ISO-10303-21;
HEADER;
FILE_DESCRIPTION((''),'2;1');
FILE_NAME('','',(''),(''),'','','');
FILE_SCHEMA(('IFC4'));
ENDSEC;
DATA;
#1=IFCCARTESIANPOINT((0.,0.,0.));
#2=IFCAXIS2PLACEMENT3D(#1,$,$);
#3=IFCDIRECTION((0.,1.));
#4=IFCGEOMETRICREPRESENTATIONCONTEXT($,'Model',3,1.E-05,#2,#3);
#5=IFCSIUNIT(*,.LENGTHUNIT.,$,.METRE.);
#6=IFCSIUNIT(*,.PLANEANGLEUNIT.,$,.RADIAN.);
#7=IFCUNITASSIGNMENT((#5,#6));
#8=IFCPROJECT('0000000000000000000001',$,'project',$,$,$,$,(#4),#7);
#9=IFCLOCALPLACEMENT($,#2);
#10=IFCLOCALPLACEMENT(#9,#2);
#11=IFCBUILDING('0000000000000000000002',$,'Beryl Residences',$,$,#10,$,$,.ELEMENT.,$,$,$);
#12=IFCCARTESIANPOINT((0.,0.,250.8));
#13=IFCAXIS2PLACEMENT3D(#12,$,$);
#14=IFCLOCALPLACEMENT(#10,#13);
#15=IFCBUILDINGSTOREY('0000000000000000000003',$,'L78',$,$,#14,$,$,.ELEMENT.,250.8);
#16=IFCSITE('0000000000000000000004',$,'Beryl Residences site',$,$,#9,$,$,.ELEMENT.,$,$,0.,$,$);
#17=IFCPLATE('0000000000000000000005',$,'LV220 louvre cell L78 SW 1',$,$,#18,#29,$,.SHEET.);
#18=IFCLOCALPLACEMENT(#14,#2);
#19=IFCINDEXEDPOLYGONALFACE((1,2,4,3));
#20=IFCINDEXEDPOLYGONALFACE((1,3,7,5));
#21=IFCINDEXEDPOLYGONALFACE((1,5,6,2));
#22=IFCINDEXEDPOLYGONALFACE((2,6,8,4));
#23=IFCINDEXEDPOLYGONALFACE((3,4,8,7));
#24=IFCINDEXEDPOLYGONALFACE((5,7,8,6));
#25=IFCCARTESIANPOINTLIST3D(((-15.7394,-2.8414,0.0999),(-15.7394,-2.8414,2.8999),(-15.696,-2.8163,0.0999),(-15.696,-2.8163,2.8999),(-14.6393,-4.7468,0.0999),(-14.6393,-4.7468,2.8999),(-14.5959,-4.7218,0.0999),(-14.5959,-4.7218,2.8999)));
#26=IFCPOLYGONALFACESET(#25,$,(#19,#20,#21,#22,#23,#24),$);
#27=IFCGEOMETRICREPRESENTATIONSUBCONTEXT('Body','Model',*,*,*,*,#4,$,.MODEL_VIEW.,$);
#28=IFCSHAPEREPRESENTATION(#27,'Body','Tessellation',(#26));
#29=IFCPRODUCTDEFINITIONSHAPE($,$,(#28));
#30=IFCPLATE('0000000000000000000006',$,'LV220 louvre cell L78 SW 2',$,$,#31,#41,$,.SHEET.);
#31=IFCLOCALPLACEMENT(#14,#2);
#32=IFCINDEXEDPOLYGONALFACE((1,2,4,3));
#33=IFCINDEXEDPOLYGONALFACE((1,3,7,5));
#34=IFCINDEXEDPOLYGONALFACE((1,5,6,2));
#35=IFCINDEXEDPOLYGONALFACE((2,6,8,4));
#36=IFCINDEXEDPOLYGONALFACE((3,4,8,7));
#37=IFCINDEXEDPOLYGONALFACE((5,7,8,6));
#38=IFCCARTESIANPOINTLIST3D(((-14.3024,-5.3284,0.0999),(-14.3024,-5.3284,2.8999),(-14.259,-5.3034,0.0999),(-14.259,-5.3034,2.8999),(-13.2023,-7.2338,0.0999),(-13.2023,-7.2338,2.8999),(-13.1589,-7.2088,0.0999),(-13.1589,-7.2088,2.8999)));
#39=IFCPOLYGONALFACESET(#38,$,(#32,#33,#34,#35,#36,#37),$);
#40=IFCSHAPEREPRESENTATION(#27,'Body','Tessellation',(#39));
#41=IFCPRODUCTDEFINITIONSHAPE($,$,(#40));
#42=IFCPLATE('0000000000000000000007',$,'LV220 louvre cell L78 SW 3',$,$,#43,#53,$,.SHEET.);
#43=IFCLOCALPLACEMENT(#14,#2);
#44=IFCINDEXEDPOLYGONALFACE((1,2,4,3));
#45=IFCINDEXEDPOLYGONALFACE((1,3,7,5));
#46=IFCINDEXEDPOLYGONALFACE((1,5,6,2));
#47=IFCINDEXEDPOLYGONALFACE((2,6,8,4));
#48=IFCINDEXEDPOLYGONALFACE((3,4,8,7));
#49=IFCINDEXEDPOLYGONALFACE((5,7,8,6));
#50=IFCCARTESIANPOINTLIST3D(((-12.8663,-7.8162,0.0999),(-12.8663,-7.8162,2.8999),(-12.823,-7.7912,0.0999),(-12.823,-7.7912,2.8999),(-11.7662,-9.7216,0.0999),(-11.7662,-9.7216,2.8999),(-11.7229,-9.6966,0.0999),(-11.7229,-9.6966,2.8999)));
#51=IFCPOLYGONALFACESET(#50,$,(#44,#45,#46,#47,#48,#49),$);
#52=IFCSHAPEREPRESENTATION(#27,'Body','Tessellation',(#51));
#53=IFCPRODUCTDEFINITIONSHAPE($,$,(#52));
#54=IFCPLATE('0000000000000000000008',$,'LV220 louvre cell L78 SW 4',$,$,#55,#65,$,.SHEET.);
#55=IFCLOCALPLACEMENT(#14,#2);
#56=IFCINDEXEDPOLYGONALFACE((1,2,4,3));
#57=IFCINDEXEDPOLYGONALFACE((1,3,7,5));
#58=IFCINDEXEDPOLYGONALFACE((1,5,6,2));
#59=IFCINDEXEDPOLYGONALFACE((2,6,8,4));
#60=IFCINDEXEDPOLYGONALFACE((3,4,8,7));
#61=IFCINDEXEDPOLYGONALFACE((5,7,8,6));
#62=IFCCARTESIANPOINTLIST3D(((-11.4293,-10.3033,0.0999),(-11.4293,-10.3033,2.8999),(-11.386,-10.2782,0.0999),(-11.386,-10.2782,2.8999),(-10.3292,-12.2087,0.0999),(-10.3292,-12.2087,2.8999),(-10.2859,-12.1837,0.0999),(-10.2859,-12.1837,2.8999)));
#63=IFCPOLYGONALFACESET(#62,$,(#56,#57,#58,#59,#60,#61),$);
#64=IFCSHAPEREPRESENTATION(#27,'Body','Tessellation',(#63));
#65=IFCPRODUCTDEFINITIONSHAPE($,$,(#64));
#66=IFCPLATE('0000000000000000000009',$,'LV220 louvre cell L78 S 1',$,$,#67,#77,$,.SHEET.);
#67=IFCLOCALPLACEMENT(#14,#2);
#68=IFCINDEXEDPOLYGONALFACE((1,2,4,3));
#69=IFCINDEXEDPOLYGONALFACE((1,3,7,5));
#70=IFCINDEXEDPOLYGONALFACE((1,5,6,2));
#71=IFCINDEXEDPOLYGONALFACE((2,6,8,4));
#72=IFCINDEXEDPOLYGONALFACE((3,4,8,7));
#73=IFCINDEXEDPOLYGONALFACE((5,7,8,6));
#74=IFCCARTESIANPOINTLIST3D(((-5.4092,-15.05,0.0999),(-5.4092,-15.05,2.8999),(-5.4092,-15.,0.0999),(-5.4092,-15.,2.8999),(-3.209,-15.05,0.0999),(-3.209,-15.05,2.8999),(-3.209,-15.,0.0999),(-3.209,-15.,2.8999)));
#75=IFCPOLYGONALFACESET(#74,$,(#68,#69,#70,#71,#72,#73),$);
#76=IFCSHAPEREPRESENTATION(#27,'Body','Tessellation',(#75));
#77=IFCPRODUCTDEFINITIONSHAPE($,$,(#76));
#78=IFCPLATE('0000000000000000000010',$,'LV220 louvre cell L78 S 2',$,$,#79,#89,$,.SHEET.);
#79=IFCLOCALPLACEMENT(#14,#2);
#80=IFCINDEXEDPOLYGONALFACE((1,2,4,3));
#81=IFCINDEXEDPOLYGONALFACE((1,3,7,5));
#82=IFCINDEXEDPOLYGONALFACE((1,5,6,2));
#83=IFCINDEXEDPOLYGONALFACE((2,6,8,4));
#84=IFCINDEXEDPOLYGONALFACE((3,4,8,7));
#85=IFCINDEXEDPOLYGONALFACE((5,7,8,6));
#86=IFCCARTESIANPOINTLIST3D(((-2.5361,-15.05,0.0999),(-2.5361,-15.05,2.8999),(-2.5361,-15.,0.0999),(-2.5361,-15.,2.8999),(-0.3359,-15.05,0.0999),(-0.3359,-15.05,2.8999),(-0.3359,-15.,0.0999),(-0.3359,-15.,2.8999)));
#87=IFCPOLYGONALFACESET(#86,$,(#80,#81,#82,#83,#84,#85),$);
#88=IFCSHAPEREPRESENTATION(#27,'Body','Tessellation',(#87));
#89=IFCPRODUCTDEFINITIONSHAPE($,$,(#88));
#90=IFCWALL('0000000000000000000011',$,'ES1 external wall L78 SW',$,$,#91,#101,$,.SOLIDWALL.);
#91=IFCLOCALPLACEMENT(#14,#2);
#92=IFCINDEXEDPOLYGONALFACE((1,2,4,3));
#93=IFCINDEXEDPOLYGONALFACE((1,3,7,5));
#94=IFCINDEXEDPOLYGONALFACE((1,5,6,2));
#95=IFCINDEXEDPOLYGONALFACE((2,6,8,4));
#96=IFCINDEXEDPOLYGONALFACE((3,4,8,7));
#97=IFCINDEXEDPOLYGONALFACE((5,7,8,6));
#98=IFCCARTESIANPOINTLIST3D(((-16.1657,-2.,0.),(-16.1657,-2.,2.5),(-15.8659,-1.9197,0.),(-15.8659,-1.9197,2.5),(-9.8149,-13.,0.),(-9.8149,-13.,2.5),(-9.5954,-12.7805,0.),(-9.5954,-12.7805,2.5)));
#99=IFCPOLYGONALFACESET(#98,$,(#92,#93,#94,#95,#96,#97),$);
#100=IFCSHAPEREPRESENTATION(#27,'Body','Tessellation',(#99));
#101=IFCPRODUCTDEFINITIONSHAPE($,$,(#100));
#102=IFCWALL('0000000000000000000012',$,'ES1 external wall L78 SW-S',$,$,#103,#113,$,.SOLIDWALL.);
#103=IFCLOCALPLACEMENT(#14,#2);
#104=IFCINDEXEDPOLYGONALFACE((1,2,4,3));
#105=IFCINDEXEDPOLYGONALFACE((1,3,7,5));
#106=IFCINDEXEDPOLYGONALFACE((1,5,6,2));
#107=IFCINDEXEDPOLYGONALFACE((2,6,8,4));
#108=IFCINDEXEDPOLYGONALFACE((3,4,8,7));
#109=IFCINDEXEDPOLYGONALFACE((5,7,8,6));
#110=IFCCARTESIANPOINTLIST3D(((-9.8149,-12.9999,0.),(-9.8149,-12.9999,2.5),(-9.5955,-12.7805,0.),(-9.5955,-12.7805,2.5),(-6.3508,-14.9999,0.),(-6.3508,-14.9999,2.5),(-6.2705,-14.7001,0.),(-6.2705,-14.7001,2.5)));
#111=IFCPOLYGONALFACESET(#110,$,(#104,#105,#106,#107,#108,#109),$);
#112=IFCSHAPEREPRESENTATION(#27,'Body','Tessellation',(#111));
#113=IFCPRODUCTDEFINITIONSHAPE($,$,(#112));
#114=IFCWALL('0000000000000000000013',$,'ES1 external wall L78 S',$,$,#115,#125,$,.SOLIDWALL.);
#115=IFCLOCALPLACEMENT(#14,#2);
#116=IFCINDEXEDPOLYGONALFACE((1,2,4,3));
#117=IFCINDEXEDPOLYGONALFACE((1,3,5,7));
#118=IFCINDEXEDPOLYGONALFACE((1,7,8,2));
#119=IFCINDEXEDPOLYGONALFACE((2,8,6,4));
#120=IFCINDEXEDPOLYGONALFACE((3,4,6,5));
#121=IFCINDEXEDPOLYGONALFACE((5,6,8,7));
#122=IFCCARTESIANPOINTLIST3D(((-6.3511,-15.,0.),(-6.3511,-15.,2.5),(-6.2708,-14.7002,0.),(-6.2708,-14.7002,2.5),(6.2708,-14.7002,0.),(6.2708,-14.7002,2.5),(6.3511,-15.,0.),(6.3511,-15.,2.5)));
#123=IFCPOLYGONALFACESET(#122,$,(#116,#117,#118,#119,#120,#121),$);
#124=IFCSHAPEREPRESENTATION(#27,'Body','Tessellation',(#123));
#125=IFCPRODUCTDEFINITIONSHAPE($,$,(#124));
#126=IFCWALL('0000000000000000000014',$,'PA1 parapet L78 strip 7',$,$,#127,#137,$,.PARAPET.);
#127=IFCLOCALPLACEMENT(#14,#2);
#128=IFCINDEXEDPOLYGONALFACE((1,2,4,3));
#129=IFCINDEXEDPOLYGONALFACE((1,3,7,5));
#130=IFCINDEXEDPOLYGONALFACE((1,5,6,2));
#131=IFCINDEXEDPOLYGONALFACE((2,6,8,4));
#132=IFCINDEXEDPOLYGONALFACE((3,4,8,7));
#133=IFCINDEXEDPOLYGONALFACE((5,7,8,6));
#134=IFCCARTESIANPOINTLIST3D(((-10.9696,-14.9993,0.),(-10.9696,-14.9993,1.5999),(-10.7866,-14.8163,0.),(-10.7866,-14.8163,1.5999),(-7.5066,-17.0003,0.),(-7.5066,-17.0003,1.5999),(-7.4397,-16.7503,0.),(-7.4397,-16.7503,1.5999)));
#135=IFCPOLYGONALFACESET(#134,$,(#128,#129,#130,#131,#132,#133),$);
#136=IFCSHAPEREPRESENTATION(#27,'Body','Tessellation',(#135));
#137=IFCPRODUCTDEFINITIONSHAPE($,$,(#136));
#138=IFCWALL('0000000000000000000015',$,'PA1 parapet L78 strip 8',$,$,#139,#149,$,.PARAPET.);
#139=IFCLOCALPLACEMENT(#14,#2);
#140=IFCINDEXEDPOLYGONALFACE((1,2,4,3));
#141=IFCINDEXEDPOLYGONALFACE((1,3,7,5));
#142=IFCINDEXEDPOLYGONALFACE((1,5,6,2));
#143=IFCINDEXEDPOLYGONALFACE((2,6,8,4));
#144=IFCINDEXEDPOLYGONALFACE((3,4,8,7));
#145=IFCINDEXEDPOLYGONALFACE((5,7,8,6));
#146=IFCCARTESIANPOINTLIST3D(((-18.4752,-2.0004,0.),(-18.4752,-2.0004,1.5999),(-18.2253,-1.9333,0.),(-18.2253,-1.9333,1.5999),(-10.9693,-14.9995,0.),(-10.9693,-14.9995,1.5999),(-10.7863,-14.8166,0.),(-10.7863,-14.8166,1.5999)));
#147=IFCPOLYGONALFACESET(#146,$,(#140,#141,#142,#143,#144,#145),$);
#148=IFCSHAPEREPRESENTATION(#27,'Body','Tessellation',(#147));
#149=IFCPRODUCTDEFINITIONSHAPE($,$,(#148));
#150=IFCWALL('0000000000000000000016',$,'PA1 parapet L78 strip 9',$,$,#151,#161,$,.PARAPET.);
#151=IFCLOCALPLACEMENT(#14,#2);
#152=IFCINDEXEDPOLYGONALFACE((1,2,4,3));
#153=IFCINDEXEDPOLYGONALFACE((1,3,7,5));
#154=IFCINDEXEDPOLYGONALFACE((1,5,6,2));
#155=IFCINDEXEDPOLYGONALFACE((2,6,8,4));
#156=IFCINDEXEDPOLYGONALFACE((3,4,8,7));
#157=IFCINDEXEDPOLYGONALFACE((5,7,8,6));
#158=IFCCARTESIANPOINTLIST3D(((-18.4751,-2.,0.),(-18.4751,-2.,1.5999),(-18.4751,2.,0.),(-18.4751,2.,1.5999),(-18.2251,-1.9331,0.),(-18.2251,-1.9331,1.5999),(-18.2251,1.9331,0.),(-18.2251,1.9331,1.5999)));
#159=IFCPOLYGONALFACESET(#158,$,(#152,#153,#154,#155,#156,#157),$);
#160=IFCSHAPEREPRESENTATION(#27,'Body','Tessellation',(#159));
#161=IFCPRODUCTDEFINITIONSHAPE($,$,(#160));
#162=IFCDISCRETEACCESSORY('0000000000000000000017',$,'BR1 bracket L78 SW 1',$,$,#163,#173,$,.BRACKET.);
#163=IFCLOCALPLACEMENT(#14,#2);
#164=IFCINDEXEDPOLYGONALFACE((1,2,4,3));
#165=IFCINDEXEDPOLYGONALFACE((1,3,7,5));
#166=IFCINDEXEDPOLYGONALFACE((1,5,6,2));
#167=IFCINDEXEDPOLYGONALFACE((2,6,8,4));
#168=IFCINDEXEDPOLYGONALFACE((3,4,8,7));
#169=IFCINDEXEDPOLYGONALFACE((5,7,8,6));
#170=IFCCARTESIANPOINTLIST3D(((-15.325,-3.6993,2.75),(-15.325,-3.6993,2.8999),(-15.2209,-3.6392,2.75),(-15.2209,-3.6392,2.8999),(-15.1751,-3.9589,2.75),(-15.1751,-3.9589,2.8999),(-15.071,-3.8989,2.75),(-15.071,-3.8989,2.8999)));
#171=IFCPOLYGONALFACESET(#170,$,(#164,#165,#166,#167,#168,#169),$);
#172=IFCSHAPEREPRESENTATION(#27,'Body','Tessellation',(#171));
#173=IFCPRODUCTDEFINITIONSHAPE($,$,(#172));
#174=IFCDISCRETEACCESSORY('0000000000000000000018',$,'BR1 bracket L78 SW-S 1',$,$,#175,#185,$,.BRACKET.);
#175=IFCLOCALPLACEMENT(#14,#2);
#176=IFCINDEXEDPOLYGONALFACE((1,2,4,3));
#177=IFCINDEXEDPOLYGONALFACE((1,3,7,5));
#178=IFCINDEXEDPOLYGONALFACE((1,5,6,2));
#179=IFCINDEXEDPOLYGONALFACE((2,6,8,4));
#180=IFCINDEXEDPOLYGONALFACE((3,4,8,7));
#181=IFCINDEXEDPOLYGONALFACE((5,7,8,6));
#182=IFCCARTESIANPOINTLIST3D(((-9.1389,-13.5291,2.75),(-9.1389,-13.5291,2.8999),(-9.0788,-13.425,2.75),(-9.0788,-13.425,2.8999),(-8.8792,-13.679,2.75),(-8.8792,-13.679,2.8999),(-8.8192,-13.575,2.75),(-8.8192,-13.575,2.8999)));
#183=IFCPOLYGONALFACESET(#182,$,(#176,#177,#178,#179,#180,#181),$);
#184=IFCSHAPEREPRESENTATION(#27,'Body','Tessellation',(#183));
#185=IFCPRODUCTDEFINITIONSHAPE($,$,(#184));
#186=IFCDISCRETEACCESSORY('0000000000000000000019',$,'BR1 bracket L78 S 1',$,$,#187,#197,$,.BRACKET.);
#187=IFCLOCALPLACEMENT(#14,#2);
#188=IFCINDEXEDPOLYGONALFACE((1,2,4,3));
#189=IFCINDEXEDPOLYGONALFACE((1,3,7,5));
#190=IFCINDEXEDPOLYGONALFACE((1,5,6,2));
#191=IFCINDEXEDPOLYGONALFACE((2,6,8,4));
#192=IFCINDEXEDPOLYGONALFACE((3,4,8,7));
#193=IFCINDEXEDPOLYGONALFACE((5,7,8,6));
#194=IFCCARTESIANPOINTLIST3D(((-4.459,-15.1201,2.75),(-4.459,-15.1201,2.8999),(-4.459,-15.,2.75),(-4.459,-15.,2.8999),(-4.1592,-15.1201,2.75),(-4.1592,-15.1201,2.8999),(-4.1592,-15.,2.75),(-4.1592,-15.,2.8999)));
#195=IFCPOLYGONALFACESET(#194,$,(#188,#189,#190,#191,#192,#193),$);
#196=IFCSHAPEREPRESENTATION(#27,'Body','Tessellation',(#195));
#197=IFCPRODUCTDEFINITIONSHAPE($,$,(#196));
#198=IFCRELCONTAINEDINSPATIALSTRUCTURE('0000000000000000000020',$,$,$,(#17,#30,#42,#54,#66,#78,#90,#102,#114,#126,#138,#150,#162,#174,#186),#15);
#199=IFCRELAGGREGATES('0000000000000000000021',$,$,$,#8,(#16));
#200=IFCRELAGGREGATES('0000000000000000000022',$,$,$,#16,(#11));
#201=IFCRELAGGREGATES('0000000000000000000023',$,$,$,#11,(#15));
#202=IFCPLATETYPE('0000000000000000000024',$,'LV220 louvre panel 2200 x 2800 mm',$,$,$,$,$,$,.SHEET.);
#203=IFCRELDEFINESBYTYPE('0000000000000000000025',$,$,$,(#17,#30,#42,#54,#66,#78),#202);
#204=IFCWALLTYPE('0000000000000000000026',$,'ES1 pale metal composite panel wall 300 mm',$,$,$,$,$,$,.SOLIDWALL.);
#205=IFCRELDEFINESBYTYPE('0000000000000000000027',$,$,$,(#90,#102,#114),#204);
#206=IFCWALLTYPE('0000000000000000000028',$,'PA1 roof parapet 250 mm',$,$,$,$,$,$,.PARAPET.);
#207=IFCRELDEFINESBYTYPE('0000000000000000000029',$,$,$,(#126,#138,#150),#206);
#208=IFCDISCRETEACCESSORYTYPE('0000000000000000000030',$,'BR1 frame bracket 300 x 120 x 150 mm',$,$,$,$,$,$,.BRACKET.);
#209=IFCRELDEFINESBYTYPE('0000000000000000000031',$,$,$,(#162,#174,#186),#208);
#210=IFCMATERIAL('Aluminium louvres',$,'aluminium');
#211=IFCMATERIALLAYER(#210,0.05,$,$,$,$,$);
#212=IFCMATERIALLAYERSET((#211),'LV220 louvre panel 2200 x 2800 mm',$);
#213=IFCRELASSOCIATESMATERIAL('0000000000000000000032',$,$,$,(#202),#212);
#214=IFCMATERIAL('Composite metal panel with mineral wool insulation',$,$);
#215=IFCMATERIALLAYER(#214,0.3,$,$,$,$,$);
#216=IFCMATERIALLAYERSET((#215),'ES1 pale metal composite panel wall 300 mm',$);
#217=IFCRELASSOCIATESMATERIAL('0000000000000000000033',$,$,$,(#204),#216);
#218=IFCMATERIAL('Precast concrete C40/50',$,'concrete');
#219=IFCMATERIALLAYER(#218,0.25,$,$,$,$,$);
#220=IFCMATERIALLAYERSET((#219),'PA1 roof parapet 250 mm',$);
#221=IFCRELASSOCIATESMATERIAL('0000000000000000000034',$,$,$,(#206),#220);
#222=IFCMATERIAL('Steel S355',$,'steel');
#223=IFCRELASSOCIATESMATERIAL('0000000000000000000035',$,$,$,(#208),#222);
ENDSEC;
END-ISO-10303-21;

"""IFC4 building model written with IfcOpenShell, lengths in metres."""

from ifc_helpers import new_model, si_unit, direction, frame, origin, place, context, subcontext, project, spatial, polyline, outline, extrude, source, transform, mapped, material, layer, layer_set, type_object, type_shapes, element, save


model = new_model("IFC4")

# Units and contexts
model_context = context("Model", 3, precision=1e-05, world=origin(), true_north=direction((0.0, 1.0)))
body_context = subcontext(model_context, "Body", "Model", "MODEL_VIEW")
ifc_project = project(units=[si_unit("LENGTHUNIT", "METRE"), si_unit("PLANEANGLEUNIT", "RADIAN")], contexts=[model_context])

# Site, building, storey
site_placement = place(None, origin())
site = spatial("IfcSite", under=ifc_project, at=site_placement, Name="Beryl Residences site", CompositionType="ELEMENT", RefElevation=0.0)
building_placement = place(site_placement, origin())
building = spatial("IfcBuilding", under=site, at=building_placement, Name="Beryl Residences", CompositionType="ELEMENT")
storey_placement = place(building_placement, frame((0.0, 0.0, 250.8)))
storey = spatial("IfcBuildingStorey", under=building, at=storey_placement, Name="L78", CompositionType="ELEMENT", Elevation=250.8)

# Plates
ifc_material_1 = material(Name="Aluminium louvres", Category="aluminium")
ifc_layer_1 = layer(ifc_material_1, 0.05)
ifc_layer_set_1 = layer_set([ifc_layer_1], Name="LV220 louvre panel 2200 x 2800 mm")
plate_type_1 = type_object("IfcPlateType", Name="LV220 louvre panel 2200 x 2800 mm", PredefinedType="SHEET", material=ifc_layer_set_1)
shared_shape_1 = source(origin(), body_context, "Body", "SweptSolid", [
    extrude(outline(polyline([(-1.1001, 0.0), (1.1001, 0.0), (1.1001, 0.05), (-1.1001, 0.05), (-1.1001, 0.0)])), origin(), (0.0, 0.0, 1.0), 2.8),
])
type_shapes(plate_type_1, [shared_shape_1])
for number, where, z_axis, x_axis, name in (
    (1, (-15.146, -3.769, 0.0999), (0.0, 0.0, 1.0), (-0.5, 0.866025, 0.0), "LV220 louvre cell L78 SW 1"),
    (2, (-13.709, -6.2561, 0.0999), (0.0, 0.0, 1.0), (-0.5, 0.866025, 0.0), "LV220 louvre cell L78 SW 2"),
    (3, (-12.2729, -8.7439, 0.0999), (0.0, 0.0, 1.0), (-0.5, 0.866025, 0.0), "LV220 louvre cell L78 SW 3"),
    (4, (-10.8359, -11.231, 0.0999), (0.0, 0.0, 1.0), (-0.5, 0.866025, 0.0), "LV220 louvre cell L78 SW 4"),
    (5, (-4.3091, -15.0, 0.0999), (0.0, 0.0, 1.0), (-1.0, 0.0, 0.0), "LV220 louvre cell L78 S 1"),
    (6, (-1.436, -15.0, 0.0999), (0.0, 0.0, 1.0), (-1.0, 0.0, 0.0), "LV220 louvre cell L78 S 2"),
):
    element("IfcPlate", number, at=place(storey_placement, frame(where, z_axis=z_axis, x_axis=x_axis)), inside=storey, type_object=plate_type_1, Name=name, PredefinedType="SHEET", context=body_context, shape_type="MappedRepresentation", body=[
        mapped(shared_shape_1, transform((0.0, 0.0, 0.0))),
    ])

# Walls
ifc_material_2 = material(Name="Composite metal panel with mineral wool insulation")
ifc_layer_2 = layer(ifc_material_2, 0.3)
ifc_layer_set_2 = layer_set([ifc_layer_2], Name="ES1 pale metal composite panel wall 300 mm")
wall_type_1 = type_object("IfcWallType", Name="ES1 pale metal composite panel wall 300 mm", PredefinedType="SOLIDWALL", material=ifc_layer_set_2)
wall_1_placement = place(storey_placement, frame((-16.0359, -1.925, 0.0), z_axis=(0.0, 0.0, 1.0), x_axis=(0.499999, -0.866026, 0.0)))
element("IfcWall", 7, at=wall_1_placement, inside=storey, type_object=wall_type_1, Name="ES1 external wall L78 SW", PredefinedType="SOLIDWALL", context=body_context, shape_type="SweptSolid", body=[
    extrude(outline(polyline([(0.0, -0.1499), (12.7017, -0.1499), (12.6213, 0.1499), (0.0803, 0.1499), (0.0, -0.1499)])), origin(), (0.0, 0.0, 1.0), 2.5),
])
wall_2_placement = place(storey_placement, frame((-9.74, -12.8701, 0.0), z_axis=(0.0, 0.0, 1.0), x_axis=(0.866026, -0.499999, 0.0)))
element("IfcWall", 8, at=wall_2_placement, inside=storey, type_object=wall_type_1, Name="ES1 external wall L78 SW-S", PredefinedType="SOLIDWALL", context=body_context, shape_type="SweptSolid", body=[
    extrude(outline(polyline([(0.0, -0.1499), (4.0, -0.1499), (3.9197, 0.1499), (0.0803, 0.1499), (0.0, -0.1499)])), origin(), (0.0, 0.0, 1.0), 2.5),
])
wall_3_placement = place(storey_placement, frame((-6.3511, -14.8501, 0.0), z_axis=(0.0, 0.0, 1.0), x_axis=(1.0, 0.0, 0.0)))
element("IfcWall", 9, at=wall_3_placement, inside=storey, type_object=wall_type_1, Name="ES1 external wall L78 S", PredefinedType="SOLIDWALL", context=body_context, shape_type="SweptSolid", body=[
    extrude(outline(polyline([(0.0, -0.1499), (12.7021, -0.1499), (12.6218, 0.1499), (0.0803, 0.1499), (0.0, -0.1499)])), origin(), (0.0, 0.0, 1.0), 2.5),
])
ifc_material_3 = material(Name="Precast concrete C40/50", Category="concrete")
ifc_layer_3 = layer(ifc_material_3, 0.25)
ifc_layer_set_3 = layer_set([ifc_layer_3], Name="PA1 roof parapet 250 mm")
wall_type_2 = type_object("IfcWallType", Name="PA1 roof parapet 250 mm", PredefinedType="PARAPET", material=ifc_layer_set_3)
wall_4_placement = place(storey_placement, frame((-7.4441, -16.8921, 0.0), z_axis=(0.0, 0.0, 1.0), x_axis=(-0.865844, 0.500314, 0.0)))
element("IfcWall", 10, at=wall_4_placement, inside=storey, type_object=wall_type_2, Name="PA1 parapet L78 strip 7", PredefinedType="PARAPET", context=body_context, shape_type="SweptSolid", body=[
    extrude(outline(polyline([(0.0671, -0.125), (3.9326, -0.125), (3.9995, 0.125), (0.0, 0.125), (0.0671, -0.125)])), origin(), (0.0, 0.0, 1.0), 1.5999),
])
wall_5_placement = place(storey_placement, frame((-10.8611, -14.937, 0.0), z_axis=(0.0, 0.0, 1.0), x_axis=(-0.500043, 0.866, 0.0)))
element("IfcWall", 11, at=wall_5_placement, inside=storey, type_object=wall_type_2, Name="PA1 parapet L78 strip 8", PredefinedType="PARAPET", context=body_context, shape_type="SweptSolid", body=[
    extrude(outline(polyline([(0.0669, -0.125), (14.9436, -0.125), (15.0105, 0.125), (0.0, 0.125), (0.0669, -0.125)])), origin(), (0.0, 0.0, 1.0), 1.5999),
])
wall_6_placement = place(storey_placement, frame((-18.3501, -2.0, 0.0), z_axis=(0.0, 0.0, 1.0), x_axis=(0.0, 1.0, 0.0)))
element("IfcWall", 12, at=wall_6_placement, inside=storey, type_object=wall_type_2, Name="PA1 parapet L78 strip 9", PredefinedType="PARAPET", context=body_context, shape_type="SweptSolid", body=[
    extrude(outline(polyline([(0.0669, -0.125), (3.9331, -0.125), (4.0, 0.125), (0.0, 0.125), (0.0669, -0.125)])), origin(), (0.0, 0.0, 1.0), 1.5999),
])

# Discrete accessories
ifc_material_4 = material(Name="Steel S355", Category="steel")
discrete_accessory_type = type_object("IfcDiscreteAccessoryType", Name="BR1 frame bracket 300 x 120 x 150 mm", PredefinedType="BRACKET", material=ifc_material_4)
shared_shape_2 = source(origin(), body_context, "Body", "SweptSolid", [
    extrude(outline(polyline([(-0.1499, 0.0), (0.1499, 0.0), (0.1499, 0.1201), (-0.1499, 0.1201), (-0.1499, 0.0)])), origin(), (0.0, 0.0, 1.0), 0.1499),
])
type_shapes(discrete_accessory_type, [shared_shape_2])
for number, where, z_axis, x_axis, name in (
    (13, (-15.146, -3.769, 2.75), (0.0, 0.0, 1.0), (-0.5, 0.866025, 0.0), "BR1 bracket L78 SW 1"),
    (14, (-8.949, -13.5, 2.75), (0.0, 0.0, 1.0), (-0.866025, 0.5, 0.0), "BR1 bracket L78 SW-S 1"),
    (15, (-4.3091, -15.0, 2.75), (0.0, 0.0, 1.0), (-1.0, 0.0, 0.0), "BR1 bracket L78 S 1"),
):
    element("IfcDiscreteAccessory", number, at=place(storey_placement, frame(where, z_axis=z_axis, x_axis=x_axis)), inside=storey, type_object=discrete_accessory_type, Name=name, PredefinedType="BRACKET", context=body_context, shape_type="MappedRepresentation", body=[
        mapped(shared_shape_2, transform((0.0, 0.0, 0.0))),
    ])

save(model, "model.ifc")
